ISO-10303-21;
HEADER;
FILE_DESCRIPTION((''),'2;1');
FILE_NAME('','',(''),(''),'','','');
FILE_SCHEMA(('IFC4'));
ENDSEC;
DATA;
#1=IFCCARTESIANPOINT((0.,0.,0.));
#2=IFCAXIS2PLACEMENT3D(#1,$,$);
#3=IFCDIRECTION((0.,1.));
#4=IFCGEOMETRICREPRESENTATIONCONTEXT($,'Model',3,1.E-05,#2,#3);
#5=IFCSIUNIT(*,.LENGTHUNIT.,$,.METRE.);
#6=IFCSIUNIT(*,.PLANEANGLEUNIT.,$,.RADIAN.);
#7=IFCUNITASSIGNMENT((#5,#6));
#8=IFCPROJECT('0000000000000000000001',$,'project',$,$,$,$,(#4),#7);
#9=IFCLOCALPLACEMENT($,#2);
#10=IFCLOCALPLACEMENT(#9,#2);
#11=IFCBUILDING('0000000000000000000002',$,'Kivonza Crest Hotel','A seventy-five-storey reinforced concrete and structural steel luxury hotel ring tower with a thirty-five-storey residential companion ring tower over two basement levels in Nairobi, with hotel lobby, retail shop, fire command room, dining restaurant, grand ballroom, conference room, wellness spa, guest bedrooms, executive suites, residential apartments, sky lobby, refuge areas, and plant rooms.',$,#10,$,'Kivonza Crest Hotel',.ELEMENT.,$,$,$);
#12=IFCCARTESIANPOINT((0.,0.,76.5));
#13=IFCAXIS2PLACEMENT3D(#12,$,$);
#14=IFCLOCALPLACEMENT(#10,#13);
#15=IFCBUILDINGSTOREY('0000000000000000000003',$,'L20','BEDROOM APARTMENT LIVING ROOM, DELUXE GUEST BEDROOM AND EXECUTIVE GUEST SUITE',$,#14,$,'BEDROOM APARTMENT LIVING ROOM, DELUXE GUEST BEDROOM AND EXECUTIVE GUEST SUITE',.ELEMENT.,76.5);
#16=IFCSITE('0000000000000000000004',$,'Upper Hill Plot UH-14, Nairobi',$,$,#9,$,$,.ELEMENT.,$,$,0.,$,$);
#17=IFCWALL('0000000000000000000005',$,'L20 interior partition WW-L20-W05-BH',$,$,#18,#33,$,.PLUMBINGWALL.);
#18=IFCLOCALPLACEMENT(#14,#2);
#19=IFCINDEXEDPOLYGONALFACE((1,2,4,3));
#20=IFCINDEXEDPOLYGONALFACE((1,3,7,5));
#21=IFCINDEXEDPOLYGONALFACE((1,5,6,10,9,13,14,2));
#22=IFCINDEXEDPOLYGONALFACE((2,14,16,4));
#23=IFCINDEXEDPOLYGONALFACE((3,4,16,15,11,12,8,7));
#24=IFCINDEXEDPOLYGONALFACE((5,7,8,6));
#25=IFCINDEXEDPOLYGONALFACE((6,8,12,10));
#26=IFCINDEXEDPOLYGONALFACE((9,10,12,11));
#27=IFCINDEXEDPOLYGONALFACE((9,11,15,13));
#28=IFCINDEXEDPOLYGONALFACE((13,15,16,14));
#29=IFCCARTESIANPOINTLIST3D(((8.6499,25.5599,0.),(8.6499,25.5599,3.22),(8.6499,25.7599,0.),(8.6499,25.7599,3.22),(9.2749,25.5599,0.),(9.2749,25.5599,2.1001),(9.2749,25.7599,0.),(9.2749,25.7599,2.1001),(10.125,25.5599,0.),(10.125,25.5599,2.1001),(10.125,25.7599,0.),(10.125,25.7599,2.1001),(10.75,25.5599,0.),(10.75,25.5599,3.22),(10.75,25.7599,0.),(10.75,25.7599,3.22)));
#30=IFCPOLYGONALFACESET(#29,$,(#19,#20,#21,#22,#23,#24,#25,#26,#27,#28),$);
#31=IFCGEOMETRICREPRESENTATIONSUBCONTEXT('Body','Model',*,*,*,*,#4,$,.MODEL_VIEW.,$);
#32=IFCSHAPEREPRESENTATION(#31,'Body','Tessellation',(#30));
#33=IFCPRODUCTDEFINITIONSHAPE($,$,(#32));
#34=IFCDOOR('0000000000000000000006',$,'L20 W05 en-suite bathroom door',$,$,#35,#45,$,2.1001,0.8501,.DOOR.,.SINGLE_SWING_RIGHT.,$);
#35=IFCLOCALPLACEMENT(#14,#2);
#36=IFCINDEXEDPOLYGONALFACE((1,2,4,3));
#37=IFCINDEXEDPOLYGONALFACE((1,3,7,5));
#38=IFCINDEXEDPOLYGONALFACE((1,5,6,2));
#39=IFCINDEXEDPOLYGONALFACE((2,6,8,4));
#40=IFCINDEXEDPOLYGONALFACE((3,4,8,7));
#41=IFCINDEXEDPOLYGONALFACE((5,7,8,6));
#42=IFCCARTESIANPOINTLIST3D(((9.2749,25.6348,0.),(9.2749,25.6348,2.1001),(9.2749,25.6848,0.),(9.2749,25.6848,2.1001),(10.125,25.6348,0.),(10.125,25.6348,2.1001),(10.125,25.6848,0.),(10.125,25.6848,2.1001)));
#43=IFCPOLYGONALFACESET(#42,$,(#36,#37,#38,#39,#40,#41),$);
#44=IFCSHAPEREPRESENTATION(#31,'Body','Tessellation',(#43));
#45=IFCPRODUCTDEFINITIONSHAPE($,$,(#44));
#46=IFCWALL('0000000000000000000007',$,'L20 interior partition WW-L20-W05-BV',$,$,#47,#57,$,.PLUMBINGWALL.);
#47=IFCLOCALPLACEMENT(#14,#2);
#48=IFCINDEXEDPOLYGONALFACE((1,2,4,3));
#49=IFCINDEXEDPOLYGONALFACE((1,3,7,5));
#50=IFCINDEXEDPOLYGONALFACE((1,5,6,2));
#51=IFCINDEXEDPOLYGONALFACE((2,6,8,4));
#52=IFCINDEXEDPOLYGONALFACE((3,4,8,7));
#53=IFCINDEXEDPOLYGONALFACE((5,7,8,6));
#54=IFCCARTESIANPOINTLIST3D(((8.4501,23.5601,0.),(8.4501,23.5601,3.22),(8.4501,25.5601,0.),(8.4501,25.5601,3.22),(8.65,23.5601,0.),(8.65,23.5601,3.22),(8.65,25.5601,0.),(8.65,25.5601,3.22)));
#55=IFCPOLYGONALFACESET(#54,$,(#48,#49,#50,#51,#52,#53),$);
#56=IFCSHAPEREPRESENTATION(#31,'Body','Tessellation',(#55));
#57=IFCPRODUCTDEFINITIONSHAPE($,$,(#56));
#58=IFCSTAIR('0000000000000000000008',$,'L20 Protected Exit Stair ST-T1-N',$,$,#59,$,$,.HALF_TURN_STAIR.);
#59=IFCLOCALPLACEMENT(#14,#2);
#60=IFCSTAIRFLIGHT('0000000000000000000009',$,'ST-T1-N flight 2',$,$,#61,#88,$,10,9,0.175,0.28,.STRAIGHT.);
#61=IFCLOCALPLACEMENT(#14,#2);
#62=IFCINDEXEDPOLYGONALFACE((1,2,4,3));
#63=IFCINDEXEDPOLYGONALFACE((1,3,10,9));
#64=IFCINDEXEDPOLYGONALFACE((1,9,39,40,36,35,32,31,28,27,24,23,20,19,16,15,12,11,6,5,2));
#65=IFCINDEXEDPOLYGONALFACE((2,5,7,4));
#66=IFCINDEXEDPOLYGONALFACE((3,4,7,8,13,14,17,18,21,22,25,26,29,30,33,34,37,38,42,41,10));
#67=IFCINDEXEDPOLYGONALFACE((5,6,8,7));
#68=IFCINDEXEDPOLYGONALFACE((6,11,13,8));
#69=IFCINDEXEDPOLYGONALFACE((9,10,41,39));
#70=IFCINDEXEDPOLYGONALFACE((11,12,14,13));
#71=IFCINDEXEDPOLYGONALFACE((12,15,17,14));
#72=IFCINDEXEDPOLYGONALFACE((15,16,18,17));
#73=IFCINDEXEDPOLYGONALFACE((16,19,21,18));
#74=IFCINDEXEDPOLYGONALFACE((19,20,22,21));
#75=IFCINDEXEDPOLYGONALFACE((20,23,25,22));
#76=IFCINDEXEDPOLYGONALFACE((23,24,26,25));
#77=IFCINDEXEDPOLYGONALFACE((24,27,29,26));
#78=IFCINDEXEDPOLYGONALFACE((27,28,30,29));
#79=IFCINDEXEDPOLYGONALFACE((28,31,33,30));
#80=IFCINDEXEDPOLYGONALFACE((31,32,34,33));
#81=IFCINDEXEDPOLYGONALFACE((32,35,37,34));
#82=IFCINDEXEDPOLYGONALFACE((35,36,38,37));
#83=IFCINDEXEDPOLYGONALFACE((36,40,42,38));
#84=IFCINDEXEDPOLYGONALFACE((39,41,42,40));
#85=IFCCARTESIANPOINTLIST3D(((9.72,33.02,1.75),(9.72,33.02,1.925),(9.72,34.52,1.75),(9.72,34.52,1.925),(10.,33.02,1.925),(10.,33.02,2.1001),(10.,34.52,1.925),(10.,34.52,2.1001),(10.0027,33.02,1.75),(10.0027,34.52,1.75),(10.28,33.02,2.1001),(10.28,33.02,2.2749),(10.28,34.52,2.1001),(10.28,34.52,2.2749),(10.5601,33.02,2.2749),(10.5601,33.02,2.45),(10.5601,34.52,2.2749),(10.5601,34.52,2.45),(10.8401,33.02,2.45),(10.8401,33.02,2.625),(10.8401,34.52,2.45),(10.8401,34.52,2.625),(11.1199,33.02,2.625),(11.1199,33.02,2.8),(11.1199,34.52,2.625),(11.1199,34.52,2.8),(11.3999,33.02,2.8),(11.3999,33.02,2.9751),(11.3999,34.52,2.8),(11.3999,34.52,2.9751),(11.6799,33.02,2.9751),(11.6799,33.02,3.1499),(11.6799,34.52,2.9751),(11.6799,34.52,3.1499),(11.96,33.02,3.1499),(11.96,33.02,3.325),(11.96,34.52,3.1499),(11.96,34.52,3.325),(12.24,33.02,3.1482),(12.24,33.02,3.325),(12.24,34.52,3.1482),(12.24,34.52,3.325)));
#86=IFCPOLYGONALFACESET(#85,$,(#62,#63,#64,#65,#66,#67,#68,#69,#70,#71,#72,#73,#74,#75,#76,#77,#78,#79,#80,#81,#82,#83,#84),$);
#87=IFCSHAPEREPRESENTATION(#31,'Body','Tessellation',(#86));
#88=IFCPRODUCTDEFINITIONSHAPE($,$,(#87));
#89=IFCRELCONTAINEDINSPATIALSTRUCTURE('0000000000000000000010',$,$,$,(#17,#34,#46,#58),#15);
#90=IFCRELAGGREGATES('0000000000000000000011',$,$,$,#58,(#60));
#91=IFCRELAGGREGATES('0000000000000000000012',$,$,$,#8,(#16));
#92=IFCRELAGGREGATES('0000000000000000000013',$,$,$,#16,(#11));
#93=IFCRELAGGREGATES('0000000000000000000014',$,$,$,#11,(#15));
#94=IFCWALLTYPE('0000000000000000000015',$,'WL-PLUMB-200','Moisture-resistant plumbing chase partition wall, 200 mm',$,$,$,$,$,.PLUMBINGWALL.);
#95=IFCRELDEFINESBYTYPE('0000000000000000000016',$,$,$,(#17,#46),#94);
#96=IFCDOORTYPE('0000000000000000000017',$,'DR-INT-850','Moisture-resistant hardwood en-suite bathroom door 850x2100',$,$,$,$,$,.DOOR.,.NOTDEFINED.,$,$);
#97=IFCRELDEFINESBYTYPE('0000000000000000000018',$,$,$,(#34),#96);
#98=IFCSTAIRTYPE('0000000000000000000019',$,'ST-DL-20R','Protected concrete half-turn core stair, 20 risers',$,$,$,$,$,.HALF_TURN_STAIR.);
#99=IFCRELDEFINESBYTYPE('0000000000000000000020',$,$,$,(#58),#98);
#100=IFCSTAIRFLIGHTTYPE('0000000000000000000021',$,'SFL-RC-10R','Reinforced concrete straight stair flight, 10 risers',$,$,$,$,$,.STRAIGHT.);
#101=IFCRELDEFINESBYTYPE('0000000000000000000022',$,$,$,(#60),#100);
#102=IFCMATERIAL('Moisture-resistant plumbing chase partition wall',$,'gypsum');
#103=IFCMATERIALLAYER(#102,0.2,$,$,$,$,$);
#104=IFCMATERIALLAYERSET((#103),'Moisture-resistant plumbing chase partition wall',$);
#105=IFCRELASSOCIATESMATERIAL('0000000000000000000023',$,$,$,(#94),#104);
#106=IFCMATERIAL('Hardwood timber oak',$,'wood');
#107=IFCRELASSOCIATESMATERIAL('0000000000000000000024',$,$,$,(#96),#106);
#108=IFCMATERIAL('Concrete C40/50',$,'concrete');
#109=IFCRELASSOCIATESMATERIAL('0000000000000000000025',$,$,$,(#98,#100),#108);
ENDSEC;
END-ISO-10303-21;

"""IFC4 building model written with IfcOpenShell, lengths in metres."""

from ifc_helpers import new_model, si_unit, direction, frame, frame_2d, origin, place, context, subcontext, project, spatial, polyline, rectangle, outline, extrude, material, layer, layer_set, type_object, element, fill, aggregate, save


model = new_model("IFC4")

# Units and contexts
model_context = context("Model", 3, precision=1e-05, world=origin(), true_north=direction((0.0, 1.0)))
body_context = subcontext(model_context, "Body", "Model", "MODEL_VIEW")
ifc_project = project(units=[si_unit("LENGTHUNIT", "METRE"), si_unit("PLANEANGLEUNIT", "RADIAN")], contexts=[model_context])

# Site, building, storey
site_placement = place(None, origin())
site = spatial("IfcSite", under=ifc_project, at=site_placement, Name="Upper Hill Plot UH-14, Nairobi", CompositionType="ELEMENT", RefElevation=0.0)
building_placement = place(site_placement, origin())
building = spatial("IfcBuilding", under=site, at=building_placement, Name="Kivonza Crest Hotel", Description="A seventy-five-storey reinforced concrete and structural steel luxury hotel ring tower with a thirty-five-storey residential companion ring tower over two basement levels in Nairobi, with hotel lobby, retail shop, fire command room, dining restaurant, grand ballroom, conference room, wellness spa, guest bedrooms, executive suites, residential apartments, sky lobby, refuge areas, and plant rooms.", LongName="Kivonza Crest Hotel", CompositionType="ELEMENT")
storey_placement = place(building_placement, frame((0.0, 0.0, 76.5)))
storey = spatial("IfcBuildingStorey", under=building, at=storey_placement, Name="L20", Description="BEDROOM APARTMENT LIVING ROOM, DELUXE GUEST BEDROOM AND EXECUTIVE GUEST SUITE", LongName="BEDROOM APARTMENT LIVING ROOM, DELUXE GUEST BEDROOM AND EXECUTIVE GUEST SUITE", CompositionType="ELEMENT", Elevation=76.5)

# Shared definitions
ifc_material_1 = material(Name="Hardwood timber oak", Category="wood")

# Wall, opening, door
ifc_material_2 = material(Name="Moisture-resistant plumbing chase partition wall", Category="gypsum")
ifc_layer_1 = layer(ifc_material_2, 0.2)
ifc_layer_set_1 = layer_set([ifc_layer_1], Name="Moisture-resistant plumbing chase partition wall")
wall_type_1 = type_object("IfcWallType", Name="WL-PLUMB-200", Description="Moisture-resistant plumbing chase partition wall, 200 mm", PredefinedType="PLUMBINGWALL", material=ifc_layer_set_1)
wall_1_placement = place(storey_placement, frame((8.6499, 25.6599, 0.0), z_axis=(0.0, 0.0, 1.0), x_axis=(1.0, 0.0, 0.0)))
wall_1 = element("IfcWall", 1, at=wall_1_placement, inside=storey, type_object=wall_type_1, Name="L20 interior partition WW-L20-W05-BH", PredefinedType="PLUMBINGWALL", context=body_context, shape_type="SweptSolid", body=[
    extrude(rectangle(XDim=2.1001, YDim=0.2, at=frame_2d((1.05, 0.0))), origin(), (0.0, 0.0, 1.0), 3.22),
])
opening_1_placement = place(wall_1_placement, frame((0.625, 0.0, 0.0)))
opening_1 = element("IfcOpeningElement", 2, at=opening_1_placement, cuts=wall_1, PredefinedType="OPENING", context=body_context, shape_type="SweptSolid", body=[
    extrude(rectangle(XDim=0.8501, YDim=2.1001, at=frame_2d((0.425, 1.05))), frame((0.0, 0.1099, 0.0), z_axis=(0.0, -1.0, 0.0), x_axis=(1.0, 0.0, 0.0)), (0.0, 0.0, 1.0), 0.22),
])
door_type_1 = type_object("IfcDoorType", Name="DR-INT-850", Description="Moisture-resistant hardwood en-suite bathroom door 850x2100", OperationType="NOTDEFINED", PredefinedType="DOOR", material=ifc_material_1)
door_1_placement = place(opening_1_placement, origin())
door_1 = element("IfcDoor", 3, at=door_1_placement, inside=storey, type_object=door_type_1, Name="L20 W05 en-suite bathroom door", OperationType="SINGLE_SWING_RIGHT", OverallHeight=2.1001, OverallWidth=0.8501, PredefinedType="DOOR", context=body_context, shape_type="SweptSolid", body=[
    extrude(rectangle(XDim=0.8501, YDim=2.1001, at=frame_2d((0.425, 1.05))), frame((0.0, 0.0249, 0.0), z_axis=(0.0, -1.0, 0.0), x_axis=(1.0, 0.0, 0.0)), (0.0, 0.0, 1.0), 0.05),
])
fill(opening_1, door_1)

# Wall
wall_2_placement = place(storey_placement, frame((8.55, 23.5601, 0.0), z_axis=(0.0, 0.0, 1.0), x_axis=(0.0, 1.0, 0.0)))
element("IfcWall", 4, at=wall_2_placement, inside=storey, type_object=wall_type_1, Name="L20 interior partition WW-L20-W05-BV", PredefinedType="PLUMBINGWALL", context=body_context, shape_type="SweptSolid", body=[
    extrude(rectangle(XDim=2.0, YDim=0.2, at=frame_2d((1.0, 0.0))), origin(), (0.0, 0.0, 1.0), 3.22),
])

# Stair, stair flight
ifc_material_3 = material(Name="Concrete C40/50", Category="concrete")
stair_type = type_object("IfcStairType", Name="ST-DL-20R", Description="Protected concrete half-turn core stair, 20 risers", PredefinedType="HALF_TURN_STAIR", material=ifc_material_3)
stair_placement = place(storey_placement, origin())
stair = element("IfcStair", 5, at=stair_placement, inside=storey, type_object=stair_type, Name="L20 Protected Exit Stair ST-T1-N", PredefinedType="HALF_TURN_STAIR")
stair_flight_type = type_object("IfcStairFlightType", Name="SFL-RC-10R", Description="Reinforced concrete straight stair flight, 10 risers", PredefinedType="STRAIGHT", material=ifc_material_3)
stair_flight_placement = place(storey_placement, frame((9.72, 33.77, 1.75), z_axis=(0.0, 0.0, 1.0), x_axis=(1.0, 0.0, 0.0)))
stair_flight = element("IfcStairFlight", 6, at=stair_flight_placement, type_object=stair_flight_type, Name="ST-T1-N flight 2", NumberOfRisers=10, NumberOfTreads=9, PredefinedType="STRAIGHT", RiserHeight=0.175, TreadLength=0.28, context=body_context, shape_type="SweptSolid", body=[
    extrude(outline(polyline([(0.0, 0.0), (0.0, 0.175), (0.28, 0.175), (0.28, 0.3501), (0.5601, 0.3501), (0.5601, 0.5249), (0.8401, 0.5249), (0.8401, 0.7), (1.1201, 0.7), (1.1201, 0.875), (1.3999, 0.875), (1.3999, 1.05), (1.6799, 1.05), (1.6799, 1.2251), (1.96, 1.2251), (1.96, 1.3999), (2.24, 1.3999), (2.24, 1.575), (2.52, 1.575), (2.52, 1.75), (2.52, 1.3982), (0.2827, 0.0), (0.0, 0.0)])), frame((0.0, 0.75, 0.0), z_axis=(0.0, -1.0, 0.0), x_axis=(1.0, 0.0, 0.0)), (0.0, 0.0, 1.0), 1.5),
])
aggregate(stair, [stair_flight])

save(model, "model.ifc")
